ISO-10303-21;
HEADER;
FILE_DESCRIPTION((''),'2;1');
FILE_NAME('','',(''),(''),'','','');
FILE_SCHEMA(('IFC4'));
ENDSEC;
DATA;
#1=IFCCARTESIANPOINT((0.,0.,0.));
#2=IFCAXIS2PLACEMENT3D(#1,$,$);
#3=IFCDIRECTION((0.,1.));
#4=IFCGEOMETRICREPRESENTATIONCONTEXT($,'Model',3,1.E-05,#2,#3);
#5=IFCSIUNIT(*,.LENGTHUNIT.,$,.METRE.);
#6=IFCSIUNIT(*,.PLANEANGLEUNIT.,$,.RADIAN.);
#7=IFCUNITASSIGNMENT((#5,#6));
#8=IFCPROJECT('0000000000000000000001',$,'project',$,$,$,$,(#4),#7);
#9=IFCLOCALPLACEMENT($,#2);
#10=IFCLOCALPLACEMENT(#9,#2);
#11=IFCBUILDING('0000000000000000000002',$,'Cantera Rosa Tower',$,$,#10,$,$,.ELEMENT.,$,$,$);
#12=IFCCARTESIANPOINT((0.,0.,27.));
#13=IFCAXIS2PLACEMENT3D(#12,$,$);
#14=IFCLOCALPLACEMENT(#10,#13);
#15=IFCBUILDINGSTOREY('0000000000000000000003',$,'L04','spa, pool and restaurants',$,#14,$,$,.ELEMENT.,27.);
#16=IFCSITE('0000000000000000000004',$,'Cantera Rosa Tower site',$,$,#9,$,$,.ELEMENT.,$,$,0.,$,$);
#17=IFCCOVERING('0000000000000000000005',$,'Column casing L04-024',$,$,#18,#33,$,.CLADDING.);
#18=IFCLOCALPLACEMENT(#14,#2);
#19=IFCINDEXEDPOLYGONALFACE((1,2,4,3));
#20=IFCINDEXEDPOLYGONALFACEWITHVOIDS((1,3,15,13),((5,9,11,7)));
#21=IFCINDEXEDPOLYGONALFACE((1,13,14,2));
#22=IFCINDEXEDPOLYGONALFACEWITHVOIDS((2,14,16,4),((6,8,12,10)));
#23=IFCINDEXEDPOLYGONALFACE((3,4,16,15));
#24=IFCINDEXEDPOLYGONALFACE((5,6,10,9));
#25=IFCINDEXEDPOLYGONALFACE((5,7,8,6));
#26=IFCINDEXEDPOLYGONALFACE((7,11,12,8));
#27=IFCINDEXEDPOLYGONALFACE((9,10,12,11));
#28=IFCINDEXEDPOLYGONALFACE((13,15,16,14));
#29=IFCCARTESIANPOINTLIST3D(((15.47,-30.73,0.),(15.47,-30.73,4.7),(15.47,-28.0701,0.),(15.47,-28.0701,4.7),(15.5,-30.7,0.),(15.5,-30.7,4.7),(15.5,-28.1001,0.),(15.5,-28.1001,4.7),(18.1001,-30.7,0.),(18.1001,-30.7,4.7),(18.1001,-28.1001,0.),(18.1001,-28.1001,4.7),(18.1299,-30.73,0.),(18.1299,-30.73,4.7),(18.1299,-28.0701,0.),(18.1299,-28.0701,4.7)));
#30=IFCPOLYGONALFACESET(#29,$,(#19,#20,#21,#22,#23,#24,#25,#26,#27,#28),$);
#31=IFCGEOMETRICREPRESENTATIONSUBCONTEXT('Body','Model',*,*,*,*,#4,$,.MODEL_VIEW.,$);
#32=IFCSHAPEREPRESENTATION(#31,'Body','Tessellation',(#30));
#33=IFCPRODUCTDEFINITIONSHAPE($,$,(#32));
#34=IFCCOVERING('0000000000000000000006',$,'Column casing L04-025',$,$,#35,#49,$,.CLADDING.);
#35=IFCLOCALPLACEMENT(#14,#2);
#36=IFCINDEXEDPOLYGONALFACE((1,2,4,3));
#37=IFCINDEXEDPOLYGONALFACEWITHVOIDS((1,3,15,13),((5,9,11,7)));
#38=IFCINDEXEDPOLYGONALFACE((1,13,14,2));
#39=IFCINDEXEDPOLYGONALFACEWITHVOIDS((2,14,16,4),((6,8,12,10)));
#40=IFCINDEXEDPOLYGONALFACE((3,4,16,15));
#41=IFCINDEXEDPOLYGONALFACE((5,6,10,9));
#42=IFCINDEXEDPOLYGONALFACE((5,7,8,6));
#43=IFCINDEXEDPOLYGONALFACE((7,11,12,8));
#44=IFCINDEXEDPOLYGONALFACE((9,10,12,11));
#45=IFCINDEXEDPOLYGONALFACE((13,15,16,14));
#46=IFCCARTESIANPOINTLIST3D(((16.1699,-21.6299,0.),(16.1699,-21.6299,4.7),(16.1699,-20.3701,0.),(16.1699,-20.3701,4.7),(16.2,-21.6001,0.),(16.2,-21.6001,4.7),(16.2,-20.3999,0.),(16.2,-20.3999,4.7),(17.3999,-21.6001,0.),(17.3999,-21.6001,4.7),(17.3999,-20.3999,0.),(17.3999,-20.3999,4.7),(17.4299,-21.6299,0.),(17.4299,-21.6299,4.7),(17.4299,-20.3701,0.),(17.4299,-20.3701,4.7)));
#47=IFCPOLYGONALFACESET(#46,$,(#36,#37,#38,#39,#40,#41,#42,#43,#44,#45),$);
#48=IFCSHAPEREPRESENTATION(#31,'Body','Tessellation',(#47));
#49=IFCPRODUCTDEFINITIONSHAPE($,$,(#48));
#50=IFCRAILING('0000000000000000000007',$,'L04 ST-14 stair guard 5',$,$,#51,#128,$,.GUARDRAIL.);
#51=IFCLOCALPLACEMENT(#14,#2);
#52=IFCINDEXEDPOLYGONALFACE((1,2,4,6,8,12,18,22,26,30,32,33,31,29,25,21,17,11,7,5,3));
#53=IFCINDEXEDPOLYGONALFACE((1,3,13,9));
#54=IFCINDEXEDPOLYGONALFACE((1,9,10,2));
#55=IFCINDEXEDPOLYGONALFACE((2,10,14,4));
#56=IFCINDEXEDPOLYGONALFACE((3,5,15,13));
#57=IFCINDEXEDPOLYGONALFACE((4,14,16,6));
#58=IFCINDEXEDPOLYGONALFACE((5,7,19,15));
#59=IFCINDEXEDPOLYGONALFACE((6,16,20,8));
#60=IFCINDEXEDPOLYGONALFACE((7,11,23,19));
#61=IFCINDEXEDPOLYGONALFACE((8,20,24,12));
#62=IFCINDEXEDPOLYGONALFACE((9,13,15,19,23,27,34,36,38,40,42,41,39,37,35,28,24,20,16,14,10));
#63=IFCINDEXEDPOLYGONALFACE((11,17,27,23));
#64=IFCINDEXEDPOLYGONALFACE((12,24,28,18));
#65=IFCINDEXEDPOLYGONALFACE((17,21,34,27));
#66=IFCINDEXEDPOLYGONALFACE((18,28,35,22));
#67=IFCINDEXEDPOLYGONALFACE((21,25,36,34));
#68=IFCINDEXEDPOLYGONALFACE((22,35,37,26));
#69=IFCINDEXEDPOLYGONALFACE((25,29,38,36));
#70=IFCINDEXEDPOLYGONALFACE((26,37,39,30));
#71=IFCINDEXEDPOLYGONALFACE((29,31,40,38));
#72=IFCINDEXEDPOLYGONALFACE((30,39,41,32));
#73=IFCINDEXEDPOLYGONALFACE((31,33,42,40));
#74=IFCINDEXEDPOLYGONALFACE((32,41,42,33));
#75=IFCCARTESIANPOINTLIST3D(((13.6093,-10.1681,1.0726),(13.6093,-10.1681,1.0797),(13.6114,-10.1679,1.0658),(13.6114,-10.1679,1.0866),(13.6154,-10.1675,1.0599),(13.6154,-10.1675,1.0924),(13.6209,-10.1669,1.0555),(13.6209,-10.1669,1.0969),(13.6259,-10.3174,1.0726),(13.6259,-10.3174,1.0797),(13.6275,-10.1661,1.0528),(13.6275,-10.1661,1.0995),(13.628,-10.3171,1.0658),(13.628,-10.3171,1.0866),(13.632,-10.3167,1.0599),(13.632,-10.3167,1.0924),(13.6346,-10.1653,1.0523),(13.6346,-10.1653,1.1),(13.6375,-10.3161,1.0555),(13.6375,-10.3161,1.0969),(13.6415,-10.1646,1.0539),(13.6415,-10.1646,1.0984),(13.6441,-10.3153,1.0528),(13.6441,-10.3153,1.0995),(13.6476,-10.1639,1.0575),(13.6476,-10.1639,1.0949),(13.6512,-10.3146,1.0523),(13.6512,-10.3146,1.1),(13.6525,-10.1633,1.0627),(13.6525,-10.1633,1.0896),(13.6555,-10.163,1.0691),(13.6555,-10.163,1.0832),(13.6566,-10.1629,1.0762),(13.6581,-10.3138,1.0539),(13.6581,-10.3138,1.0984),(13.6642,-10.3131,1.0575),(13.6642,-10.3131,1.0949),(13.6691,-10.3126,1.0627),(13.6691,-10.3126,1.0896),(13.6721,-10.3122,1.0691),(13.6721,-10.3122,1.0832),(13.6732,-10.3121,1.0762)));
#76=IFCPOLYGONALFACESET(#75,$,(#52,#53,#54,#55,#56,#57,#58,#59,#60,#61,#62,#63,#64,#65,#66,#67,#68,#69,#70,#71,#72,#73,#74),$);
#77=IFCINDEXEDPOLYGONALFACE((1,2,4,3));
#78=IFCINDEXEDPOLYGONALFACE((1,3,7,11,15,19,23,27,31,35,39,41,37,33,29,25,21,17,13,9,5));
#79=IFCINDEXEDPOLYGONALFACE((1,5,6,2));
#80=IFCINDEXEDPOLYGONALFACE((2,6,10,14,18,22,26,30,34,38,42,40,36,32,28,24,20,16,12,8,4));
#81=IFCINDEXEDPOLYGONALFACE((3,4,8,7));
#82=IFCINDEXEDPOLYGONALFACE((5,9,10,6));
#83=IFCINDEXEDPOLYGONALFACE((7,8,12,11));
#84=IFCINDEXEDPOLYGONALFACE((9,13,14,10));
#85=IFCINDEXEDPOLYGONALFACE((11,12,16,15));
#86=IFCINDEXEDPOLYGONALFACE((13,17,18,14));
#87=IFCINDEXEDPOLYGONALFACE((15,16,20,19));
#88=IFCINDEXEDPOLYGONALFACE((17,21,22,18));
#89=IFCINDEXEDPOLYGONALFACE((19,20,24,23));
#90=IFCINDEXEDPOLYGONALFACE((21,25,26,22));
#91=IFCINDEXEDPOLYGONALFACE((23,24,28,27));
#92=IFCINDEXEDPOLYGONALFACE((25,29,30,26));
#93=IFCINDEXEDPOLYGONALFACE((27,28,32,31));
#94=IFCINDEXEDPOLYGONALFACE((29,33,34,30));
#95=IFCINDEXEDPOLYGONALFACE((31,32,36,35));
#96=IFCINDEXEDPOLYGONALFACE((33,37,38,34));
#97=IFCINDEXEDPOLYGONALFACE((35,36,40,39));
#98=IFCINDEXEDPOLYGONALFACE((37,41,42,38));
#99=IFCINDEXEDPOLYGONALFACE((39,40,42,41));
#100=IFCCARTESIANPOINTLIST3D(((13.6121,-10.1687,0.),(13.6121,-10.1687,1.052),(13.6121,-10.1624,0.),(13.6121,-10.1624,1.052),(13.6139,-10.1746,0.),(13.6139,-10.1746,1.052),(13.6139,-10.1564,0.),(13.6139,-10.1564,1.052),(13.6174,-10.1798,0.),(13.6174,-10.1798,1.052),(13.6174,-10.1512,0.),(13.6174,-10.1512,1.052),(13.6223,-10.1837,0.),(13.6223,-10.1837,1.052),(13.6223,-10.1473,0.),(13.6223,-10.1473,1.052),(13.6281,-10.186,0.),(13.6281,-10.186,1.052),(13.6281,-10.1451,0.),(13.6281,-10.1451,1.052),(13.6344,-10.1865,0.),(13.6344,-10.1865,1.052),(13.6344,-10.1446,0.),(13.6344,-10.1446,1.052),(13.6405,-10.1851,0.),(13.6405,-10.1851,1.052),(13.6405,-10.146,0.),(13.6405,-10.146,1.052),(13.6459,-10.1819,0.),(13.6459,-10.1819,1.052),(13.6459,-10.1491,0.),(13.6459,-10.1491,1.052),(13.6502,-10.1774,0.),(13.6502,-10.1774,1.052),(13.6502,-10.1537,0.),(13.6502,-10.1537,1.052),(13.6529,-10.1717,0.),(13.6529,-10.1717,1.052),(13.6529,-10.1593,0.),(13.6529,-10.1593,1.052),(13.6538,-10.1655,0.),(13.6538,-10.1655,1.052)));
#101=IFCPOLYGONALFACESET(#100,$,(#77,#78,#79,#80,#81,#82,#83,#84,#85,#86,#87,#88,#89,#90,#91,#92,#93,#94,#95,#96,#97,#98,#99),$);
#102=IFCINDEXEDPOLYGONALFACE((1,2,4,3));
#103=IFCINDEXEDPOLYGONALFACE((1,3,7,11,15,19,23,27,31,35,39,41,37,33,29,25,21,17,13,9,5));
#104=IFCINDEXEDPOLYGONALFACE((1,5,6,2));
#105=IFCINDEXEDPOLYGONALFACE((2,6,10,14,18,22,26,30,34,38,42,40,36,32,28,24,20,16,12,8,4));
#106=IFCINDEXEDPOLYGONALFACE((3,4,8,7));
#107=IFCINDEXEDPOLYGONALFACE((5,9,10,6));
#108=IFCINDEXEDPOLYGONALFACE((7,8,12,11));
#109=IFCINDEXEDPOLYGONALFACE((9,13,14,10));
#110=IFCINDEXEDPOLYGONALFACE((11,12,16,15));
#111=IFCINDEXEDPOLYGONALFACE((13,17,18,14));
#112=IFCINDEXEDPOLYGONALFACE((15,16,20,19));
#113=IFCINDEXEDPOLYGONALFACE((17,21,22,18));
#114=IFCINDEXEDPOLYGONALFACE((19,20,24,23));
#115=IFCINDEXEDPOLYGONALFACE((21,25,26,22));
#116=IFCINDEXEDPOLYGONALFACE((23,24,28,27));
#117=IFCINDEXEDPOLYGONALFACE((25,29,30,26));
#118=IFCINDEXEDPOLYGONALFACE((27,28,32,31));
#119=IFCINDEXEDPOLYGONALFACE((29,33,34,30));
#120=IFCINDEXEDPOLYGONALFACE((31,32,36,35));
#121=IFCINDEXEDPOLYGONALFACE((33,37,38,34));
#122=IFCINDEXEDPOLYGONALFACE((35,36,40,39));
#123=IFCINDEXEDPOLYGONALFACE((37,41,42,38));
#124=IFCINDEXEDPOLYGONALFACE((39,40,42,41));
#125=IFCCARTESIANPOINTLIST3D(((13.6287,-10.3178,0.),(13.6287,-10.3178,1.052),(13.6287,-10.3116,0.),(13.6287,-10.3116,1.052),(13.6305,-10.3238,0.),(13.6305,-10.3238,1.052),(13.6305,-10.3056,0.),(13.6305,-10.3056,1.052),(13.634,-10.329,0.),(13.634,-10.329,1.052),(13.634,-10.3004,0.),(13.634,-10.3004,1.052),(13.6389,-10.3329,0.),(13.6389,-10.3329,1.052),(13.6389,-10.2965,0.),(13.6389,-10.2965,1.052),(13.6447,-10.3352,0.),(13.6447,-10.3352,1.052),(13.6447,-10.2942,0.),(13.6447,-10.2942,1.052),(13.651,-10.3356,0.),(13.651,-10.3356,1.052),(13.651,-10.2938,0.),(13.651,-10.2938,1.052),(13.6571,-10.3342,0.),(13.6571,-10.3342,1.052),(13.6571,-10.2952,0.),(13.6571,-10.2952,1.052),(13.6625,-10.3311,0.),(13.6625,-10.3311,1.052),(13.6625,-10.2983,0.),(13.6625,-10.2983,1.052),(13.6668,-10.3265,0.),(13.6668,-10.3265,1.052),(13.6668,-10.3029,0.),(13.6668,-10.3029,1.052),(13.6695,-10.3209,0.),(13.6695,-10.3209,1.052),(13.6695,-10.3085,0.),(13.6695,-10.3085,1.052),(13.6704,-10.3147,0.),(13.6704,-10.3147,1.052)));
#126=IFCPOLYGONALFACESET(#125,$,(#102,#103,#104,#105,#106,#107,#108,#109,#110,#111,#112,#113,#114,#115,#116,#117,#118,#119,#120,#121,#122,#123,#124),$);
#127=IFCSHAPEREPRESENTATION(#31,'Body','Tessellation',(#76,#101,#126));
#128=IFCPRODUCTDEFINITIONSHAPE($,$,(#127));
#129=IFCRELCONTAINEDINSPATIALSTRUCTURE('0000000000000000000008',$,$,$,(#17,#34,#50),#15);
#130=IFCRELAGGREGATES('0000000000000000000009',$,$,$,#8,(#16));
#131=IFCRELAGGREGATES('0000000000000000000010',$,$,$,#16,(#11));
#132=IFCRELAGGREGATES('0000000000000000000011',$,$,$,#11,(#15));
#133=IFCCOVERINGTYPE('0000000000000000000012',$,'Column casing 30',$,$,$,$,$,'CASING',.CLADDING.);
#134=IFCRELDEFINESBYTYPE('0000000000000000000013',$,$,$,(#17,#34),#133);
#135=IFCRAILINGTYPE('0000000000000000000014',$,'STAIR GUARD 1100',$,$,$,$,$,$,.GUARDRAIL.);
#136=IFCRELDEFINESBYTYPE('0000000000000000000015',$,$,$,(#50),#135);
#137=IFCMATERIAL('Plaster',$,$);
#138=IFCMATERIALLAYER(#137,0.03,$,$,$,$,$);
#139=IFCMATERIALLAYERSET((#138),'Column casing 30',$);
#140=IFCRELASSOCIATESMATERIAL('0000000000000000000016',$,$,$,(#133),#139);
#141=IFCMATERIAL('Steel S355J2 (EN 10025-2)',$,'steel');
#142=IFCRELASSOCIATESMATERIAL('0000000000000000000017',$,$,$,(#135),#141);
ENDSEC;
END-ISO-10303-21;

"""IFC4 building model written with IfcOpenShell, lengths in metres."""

from ifc_helpers import new_model, si_unit, direction, frame, origin, origin_2d, place, context, subcontext, project, spatial, polyline, circle, outline, extrude, material, layer, layer_set, type_object, element, save


model = new_model("IFC4")

# Units and contexts
model_context = context("Model", 3, precision=1e-05, world=origin(), true_north=direction((0.0, 1.0)))
body_context = subcontext(model_context, "Body", "Model", "MODEL_VIEW")
ifc_project = project(units=[si_unit("LENGTHUNIT", "METRE"), si_unit("PLANEANGLEUNIT", "RADIAN")], contexts=[model_context])

# Site, building, storey
site_placement = place(None, origin())
site = spatial("IfcSite", under=ifc_project, at=site_placement, Name="Cantera Rosa Tower site", CompositionType="ELEMENT", RefElevation=0.0)
building_placement = place(site_placement, origin())
building = spatial("IfcBuilding", under=site, at=building_placement, Name="Cantera Rosa Tower", CompositionType="ELEMENT")
storey_placement = place(building_placement, frame((0.0, 0.0, 27.0)))
storey = spatial("IfcBuildingStorey", under=building, at=storey_placement, Name="L04", Description="spa, pool and restaurants", CompositionType="ELEMENT", Elevation=27.0)

# Coverings
ifc_material_1 = material(Name="Plaster")
ifc_layer_1 = layer(ifc_material_1, 0.03)
ifc_layer_set_1 = layer_set([ifc_layer_1], Name="Column casing 30")
covering_type = type_object("IfcCoveringType", Name="Column casing 30", ElementType="CASING", PredefinedType="CLADDING", material=ifc_layer_set_1)
covering_1_placement = place(storey_placement, origin())
element("IfcCovering", 1, at=covering_1_placement, inside=storey, type_object=covering_type, Name="Column casing L04-024", PredefinedType="CLADDING", context=body_context, shape_type="SweptSolid", body=[
    extrude(outline(polyline([(15.47, -30.73), (18.1299, -30.73), (18.1299, -28.0701), (15.47, -28.0701), (15.47, -30.73)]), holes=[polyline([(18.1001, -28.1001), (15.5, -28.1001), (15.5, -30.7), (18.1001, -30.7), (18.1001, -28.1001)])]), origin(), (0.0, 0.0, 1.0), 4.7),
])
covering_2_placement = place(storey_placement, origin())
element("IfcCovering", 2, at=covering_2_placement, inside=storey, type_object=covering_type, Name="Column casing L04-025", PredefinedType="CLADDING", context=body_context, shape_type="SweptSolid", body=[
    extrude(outline(polyline([(16.1699, -21.6299), (17.4299, -21.6299), (17.4299, -20.3701), (16.1699, -20.3701), (16.1699, -21.6299)]), holes=[polyline([(17.3999, -20.3999), (16.2, -20.3999), (16.2, -21.6001), (17.3999, -21.6001), (17.3999, -20.3999)])]), origin(), (0.0, 0.0, 1.0), 4.7),
])

# Railing
ifc_material_2 = material(Name="Steel S355J2 (EN 10025-2)", Category="steel")
railing_type_1 = type_object("IfcRailingType", Name="STAIR GUARD 1100", PredefinedType="GUARDRAIL", material=ifc_material_2)
railing_1_placement = place(storey_placement, frame((13.6328, -10.1655, 0.0)))
element("IfcRailing", 3, at=railing_1_placement, inside=storey, type_object=railing_type_1, Name="L04 ST-14 stair guard 5", PredefinedType="GUARDRAIL", context=body_context, shape_type="SweptSolid", body=[
    extrude(circle(Radius=0.0239, at=origin_2d()), frame((0.0, 0.0, 1.0762), z_axis=(0.11061, -0.993864, 0.0), x_axis=(0.993864, 0.11061, 0.0)), (0.0, 0.0, 1.0), 0.1501),
    extrude(circle(Radius=0.021, at=origin_2d()), origin(), (0.0, 0.0, 1.0), 1.052),
    extrude(circle(Radius=0.021, at=origin_2d()), frame((0.0166, -0.1492, 0.0)), (0.0, 0.0, 1.0), 1.052),
])

save(model, "model.ifc")
